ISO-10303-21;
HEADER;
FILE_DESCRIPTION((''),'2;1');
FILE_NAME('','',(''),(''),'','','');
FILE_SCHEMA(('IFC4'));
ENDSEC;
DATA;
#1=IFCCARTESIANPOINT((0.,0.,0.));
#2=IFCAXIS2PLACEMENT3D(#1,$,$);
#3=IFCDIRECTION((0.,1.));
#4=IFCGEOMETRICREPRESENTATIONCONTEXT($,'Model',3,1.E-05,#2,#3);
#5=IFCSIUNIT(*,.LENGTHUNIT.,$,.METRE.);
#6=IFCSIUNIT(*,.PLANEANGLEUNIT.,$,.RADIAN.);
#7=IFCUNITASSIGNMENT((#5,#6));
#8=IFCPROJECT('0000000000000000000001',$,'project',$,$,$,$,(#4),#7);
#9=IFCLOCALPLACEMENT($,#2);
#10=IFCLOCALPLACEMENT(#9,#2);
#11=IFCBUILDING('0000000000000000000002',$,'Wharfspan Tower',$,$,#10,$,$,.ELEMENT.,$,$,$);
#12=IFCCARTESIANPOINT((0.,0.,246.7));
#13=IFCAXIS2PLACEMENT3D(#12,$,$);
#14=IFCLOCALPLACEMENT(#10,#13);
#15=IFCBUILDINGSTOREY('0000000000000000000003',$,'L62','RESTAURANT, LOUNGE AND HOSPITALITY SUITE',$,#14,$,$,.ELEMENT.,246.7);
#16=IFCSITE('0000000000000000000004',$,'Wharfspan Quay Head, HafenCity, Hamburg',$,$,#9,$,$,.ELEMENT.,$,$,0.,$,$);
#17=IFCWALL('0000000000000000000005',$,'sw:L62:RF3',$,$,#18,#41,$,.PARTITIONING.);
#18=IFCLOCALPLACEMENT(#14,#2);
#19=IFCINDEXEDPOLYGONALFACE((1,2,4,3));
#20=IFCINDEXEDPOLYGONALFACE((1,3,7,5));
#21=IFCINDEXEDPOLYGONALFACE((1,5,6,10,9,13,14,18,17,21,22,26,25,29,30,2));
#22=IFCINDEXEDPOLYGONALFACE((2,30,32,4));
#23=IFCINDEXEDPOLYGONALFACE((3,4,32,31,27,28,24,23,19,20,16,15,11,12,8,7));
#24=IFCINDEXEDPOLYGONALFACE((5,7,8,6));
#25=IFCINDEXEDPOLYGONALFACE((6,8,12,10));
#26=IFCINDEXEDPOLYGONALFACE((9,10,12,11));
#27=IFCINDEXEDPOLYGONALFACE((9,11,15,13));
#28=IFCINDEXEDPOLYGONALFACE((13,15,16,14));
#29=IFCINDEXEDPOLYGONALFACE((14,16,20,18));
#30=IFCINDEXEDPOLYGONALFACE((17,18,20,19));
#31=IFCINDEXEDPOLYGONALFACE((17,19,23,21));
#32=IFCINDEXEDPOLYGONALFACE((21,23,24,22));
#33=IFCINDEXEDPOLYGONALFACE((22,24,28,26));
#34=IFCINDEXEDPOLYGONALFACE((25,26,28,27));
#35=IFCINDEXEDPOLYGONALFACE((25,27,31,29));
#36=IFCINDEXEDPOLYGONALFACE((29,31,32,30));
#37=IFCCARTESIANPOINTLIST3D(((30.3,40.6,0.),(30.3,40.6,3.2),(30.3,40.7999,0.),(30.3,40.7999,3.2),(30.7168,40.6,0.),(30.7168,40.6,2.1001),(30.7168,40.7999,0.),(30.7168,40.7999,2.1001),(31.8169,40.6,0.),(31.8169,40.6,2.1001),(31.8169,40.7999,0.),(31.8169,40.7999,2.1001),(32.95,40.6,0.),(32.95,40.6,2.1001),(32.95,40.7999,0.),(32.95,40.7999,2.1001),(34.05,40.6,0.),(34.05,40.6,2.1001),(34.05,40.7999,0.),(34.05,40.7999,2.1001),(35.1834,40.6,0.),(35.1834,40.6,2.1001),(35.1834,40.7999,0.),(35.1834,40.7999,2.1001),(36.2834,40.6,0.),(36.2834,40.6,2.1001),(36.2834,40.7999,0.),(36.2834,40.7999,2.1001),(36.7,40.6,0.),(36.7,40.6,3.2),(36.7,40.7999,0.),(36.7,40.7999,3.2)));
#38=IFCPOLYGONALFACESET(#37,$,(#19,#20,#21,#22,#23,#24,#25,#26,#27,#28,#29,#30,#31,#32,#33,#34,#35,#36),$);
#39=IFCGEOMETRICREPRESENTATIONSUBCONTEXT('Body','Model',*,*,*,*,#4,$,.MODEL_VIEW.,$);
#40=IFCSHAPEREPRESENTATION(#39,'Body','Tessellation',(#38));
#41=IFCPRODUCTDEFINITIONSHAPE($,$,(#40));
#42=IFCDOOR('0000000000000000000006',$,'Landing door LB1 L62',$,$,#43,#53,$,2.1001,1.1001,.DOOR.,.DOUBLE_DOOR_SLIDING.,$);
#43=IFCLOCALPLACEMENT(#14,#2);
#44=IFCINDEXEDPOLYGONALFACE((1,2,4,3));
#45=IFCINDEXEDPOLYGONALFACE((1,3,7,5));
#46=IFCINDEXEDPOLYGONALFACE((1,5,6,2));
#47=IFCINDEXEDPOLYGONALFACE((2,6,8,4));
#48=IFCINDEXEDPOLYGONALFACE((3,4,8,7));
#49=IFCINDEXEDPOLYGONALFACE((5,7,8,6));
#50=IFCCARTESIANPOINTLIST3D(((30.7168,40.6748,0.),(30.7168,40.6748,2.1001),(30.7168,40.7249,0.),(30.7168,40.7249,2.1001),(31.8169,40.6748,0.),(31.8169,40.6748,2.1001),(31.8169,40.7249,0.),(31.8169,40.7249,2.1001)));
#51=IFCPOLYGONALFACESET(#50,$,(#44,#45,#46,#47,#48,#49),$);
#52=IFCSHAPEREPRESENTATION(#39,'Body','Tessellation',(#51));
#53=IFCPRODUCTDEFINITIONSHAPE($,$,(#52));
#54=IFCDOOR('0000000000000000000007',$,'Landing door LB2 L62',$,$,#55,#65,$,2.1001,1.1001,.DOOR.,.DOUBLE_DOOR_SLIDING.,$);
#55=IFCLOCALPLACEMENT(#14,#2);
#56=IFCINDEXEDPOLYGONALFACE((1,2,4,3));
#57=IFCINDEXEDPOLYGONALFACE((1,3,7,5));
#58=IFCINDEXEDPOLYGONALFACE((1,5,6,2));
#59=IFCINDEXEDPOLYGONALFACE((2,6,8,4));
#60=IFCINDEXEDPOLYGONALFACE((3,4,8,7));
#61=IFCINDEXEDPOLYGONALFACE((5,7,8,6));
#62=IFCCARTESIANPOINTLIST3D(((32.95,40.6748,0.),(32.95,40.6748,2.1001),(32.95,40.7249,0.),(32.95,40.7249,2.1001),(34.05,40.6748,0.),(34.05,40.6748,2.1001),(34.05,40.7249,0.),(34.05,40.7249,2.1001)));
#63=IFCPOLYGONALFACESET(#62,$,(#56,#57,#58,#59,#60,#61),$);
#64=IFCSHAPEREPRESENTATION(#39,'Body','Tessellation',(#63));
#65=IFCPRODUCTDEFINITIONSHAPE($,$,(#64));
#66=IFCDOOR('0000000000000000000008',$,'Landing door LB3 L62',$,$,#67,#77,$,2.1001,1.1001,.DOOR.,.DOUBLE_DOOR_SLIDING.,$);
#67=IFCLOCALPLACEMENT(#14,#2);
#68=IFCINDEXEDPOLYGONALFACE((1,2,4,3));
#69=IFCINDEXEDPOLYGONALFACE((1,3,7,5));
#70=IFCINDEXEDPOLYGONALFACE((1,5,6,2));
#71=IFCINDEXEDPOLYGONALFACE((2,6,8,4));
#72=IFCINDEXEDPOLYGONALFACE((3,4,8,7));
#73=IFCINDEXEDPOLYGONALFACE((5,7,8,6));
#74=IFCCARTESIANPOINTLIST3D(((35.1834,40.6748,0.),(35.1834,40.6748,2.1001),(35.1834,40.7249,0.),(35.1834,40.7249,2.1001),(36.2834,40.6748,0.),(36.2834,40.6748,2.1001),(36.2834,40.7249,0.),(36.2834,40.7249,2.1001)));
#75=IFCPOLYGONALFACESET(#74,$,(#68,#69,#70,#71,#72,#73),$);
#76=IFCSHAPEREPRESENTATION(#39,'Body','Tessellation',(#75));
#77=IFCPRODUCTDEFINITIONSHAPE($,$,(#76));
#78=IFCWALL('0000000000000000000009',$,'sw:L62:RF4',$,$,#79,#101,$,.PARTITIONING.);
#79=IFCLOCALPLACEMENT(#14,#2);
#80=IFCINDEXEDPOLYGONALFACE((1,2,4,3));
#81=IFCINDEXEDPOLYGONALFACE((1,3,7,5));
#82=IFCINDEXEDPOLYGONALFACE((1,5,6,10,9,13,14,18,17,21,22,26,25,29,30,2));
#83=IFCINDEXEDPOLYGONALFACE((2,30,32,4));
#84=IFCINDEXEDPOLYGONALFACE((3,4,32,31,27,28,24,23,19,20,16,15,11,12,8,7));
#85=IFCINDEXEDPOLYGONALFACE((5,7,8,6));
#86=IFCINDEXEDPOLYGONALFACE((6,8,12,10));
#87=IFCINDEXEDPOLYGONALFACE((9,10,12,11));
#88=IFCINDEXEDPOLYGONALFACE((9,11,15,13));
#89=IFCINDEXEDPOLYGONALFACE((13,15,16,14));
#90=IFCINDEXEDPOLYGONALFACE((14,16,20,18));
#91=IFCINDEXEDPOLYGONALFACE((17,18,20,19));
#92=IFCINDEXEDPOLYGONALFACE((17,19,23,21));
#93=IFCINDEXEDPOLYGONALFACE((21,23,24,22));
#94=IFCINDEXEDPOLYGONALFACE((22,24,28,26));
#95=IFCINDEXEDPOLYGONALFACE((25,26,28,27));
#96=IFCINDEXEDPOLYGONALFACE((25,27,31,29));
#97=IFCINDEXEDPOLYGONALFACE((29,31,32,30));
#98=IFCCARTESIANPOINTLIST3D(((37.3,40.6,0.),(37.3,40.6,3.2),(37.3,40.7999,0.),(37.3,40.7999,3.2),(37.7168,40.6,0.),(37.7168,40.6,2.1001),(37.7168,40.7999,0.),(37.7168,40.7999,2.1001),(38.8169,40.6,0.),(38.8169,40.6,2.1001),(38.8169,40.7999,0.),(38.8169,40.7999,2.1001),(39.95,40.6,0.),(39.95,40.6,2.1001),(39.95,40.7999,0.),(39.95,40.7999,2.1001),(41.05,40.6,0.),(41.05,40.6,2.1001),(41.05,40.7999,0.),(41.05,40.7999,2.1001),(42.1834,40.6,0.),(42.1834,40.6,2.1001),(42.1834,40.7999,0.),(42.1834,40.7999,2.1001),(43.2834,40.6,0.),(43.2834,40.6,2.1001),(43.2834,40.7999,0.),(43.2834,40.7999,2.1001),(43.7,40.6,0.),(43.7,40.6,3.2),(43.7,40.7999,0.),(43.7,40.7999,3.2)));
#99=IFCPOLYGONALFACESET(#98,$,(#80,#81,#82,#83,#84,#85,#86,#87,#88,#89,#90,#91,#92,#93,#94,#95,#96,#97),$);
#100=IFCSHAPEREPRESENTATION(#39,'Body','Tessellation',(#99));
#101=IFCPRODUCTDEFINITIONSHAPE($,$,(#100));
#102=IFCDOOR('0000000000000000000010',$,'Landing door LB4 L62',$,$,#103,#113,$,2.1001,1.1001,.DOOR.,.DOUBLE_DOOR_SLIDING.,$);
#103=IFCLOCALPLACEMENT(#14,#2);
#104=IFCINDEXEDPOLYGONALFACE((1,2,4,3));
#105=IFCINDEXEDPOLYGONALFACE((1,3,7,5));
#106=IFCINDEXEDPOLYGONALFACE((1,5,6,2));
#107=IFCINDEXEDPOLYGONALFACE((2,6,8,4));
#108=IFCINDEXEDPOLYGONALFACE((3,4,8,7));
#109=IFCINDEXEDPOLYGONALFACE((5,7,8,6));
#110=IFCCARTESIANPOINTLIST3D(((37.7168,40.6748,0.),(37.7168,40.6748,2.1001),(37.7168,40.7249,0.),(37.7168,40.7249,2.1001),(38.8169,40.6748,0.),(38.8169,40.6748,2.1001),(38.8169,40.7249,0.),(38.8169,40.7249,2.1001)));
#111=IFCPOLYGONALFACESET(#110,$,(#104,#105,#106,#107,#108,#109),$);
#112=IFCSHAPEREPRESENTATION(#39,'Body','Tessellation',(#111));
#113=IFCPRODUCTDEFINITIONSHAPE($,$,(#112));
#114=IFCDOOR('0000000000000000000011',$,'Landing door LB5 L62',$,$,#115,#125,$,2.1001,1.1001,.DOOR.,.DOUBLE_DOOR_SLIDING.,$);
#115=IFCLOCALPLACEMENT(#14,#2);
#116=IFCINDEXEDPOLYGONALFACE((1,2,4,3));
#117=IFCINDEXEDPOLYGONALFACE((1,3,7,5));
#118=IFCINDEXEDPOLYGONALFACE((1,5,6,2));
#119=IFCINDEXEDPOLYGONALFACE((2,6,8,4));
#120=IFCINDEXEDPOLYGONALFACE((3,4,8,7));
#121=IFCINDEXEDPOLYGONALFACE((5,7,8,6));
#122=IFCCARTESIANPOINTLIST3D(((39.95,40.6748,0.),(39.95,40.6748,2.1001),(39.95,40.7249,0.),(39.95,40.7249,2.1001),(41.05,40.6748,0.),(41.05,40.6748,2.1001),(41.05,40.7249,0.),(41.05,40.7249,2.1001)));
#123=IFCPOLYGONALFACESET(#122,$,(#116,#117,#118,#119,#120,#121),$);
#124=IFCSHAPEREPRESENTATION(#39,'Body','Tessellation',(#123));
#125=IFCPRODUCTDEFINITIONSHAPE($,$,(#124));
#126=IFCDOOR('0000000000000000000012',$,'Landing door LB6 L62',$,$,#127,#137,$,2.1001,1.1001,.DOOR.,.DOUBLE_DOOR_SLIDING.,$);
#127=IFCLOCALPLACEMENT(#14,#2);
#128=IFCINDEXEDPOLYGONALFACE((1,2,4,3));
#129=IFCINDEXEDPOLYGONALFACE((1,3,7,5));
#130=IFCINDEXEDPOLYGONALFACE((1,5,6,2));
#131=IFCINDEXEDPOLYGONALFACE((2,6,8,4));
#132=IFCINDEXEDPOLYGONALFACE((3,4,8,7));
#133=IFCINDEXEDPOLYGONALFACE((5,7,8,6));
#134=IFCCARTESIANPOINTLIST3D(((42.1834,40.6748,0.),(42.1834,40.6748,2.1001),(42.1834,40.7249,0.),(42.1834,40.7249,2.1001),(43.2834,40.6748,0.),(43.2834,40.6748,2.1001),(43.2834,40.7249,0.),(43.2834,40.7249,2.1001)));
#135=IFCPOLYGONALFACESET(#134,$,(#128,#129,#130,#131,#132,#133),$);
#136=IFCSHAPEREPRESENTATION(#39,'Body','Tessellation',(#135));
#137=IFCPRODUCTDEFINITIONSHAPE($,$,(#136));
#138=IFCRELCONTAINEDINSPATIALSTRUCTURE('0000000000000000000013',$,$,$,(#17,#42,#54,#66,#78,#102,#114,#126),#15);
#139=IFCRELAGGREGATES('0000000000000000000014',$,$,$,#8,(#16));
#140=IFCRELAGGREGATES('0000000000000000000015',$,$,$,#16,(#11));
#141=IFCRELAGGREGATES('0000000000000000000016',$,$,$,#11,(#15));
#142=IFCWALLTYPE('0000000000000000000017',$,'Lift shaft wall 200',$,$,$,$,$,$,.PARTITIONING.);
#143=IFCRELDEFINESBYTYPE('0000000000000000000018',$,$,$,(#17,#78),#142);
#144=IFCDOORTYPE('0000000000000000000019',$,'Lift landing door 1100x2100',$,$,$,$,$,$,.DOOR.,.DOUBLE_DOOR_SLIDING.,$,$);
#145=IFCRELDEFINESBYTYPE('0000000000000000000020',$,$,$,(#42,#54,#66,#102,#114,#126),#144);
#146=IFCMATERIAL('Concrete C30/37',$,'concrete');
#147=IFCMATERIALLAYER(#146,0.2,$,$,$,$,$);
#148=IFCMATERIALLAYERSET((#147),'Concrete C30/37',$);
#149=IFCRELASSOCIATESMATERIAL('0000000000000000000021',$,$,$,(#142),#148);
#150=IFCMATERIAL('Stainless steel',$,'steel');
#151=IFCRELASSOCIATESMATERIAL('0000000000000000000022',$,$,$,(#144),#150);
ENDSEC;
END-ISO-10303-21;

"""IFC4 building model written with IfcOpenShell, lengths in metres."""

from ifc_helpers import new_model, si_unit, direction, frame, frame_2d, origin, place, context, subcontext, project, spatial, rectangle, extrude, material, layer, layer_set, type_object, element, fill, save


model = new_model("IFC4")

# Units and contexts
model_context = context("Model", 3, precision=1e-05, world=origin(), true_north=direction((0.0, 1.0)))
body_context = subcontext(model_context, "Body", "Model", "MODEL_VIEW")
ifc_project = project(units=[si_unit("LENGTHUNIT", "METRE"), si_unit("PLANEANGLEUNIT", "RADIAN")], contexts=[model_context])

# Site, building, storey
site_placement = place(None, origin())
site = spatial("IfcSite", under=ifc_project, at=site_placement, Name="Wharfspan Quay Head, HafenCity, Hamburg", CompositionType="ELEMENT", RefElevation=0.0)
building_placement = place(site_placement, origin())
building = spatial("IfcBuilding", under=site, at=building_placement, Name="Wharfspan Tower", CompositionType="ELEMENT")
storey_placement = place(building_placement, frame((0.0, 0.0, 246.7)))
storey = spatial("IfcBuildingStorey", under=building, at=storey_placement, Name="L62", Description="RESTAURANT, LOUNGE AND HOSPITALITY SUITE", CompositionType="ELEMENT", Elevation=246.7)

# Walls, openings, doors
ifc_material_1 = material(Name="Concrete C30/37", Category="concrete")
ifc_layer_1 = layer(ifc_material_1, 0.2)
ifc_layer_set_1 = layer_set([ifc_layer_1], Name="Concrete C30/37")
wall_type_1 = type_object("IfcWallType", Name="Lift shaft wall 200", PredefinedType="PARTITIONING", material=ifc_layer_set_1)
wall_1_placement = place(storey_placement, frame((30.3, 40.7, 0.0), z_axis=(0.0, 0.0, 1.0), x_axis=(1.0, 0.0, 0.0)))
wall_1 = element("IfcWall", 1, at=wall_1_placement, inside=storey, type_object=wall_type_1, Name="sw:L62:RF3", PredefinedType="PARTITIONING", context=body_context, shape_type="SweptSolid", body=[
    extrude(rectangle(XDim=6.3999, YDim=0.2, at=frame_2d((3.2, 0.0))), origin(), (0.0, 0.0, 1.0), 3.2),
])
opening_1_placement = place(wall_1_placement, frame((0.4167, 0.0, 0.0)))
opening_1 = element("IfcOpeningElement", 2, at=opening_1_placement, cuts=wall_1, PredefinedType="OPENING", context=body_context, shape_type="SweptSolid", body=[
    extrude(rectangle(XDim=1.1001, YDim=2.1001, at=frame_2d((0.55, 1.05))), frame((0.0, 0.1099, 0.0), z_axis=(0.0, -1.0, 0.0), x_axis=(1.0, 0.0, 0.0)), (0.0, 0.0, 1.0), 0.22),
])
opening_2_placement = place(wall_1_placement, frame((2.6499, 0.0, 0.0)))
opening_2 = element("IfcOpeningElement", 3, at=opening_2_placement, cuts=wall_1, PredefinedType="OPENING", context=body_context, shape_type="SweptSolid", body=[
    extrude(rectangle(XDim=1.1001, YDim=2.1001, at=frame_2d((0.55, 1.05))), frame((0.0, 0.1099, 0.0), z_axis=(0.0, -1.0, 0.0), x_axis=(1.0, 0.0, 0.0)), (0.0, 0.0, 1.0), 0.22),
])
opening_3_placement = place(wall_1_placement, frame((4.8833, 0.0, 0.0)))
opening_3 = element("IfcOpeningElement", 4, at=opening_3_placement, cuts=wall_1, PredefinedType="OPENING", context=body_context, shape_type="SweptSolid", body=[
    extrude(rectangle(XDim=1.1001, YDim=2.1001, at=frame_2d((0.55, 1.05))), frame((0.0, 0.1099, 0.0), z_axis=(0.0, -1.0, 0.0), x_axis=(1.0, 0.0, 0.0)), (0.0, 0.0, 1.0), 0.22),
])
ifc_material_2 = material(Name="Stainless steel", Category="steel")
door_type_1 = type_object("IfcDoorType", Name="Lift landing door 1100x2100", OperationType="DOUBLE_DOOR_SLIDING", PredefinedType="DOOR", material=ifc_material_2)
door_1_placement = place(opening_1_placement, origin())
door_1 = element("IfcDoor", 5, at=door_1_placement, inside=storey, type_object=door_type_1, Name="Landing door LB1 L62", OperationType="DOUBLE_DOOR_SLIDING", OverallHeight=2.1001, OverallWidth=1.1001, PredefinedType="DOOR", context=body_context, shape_type="SweptSolid", body=[
    extrude(rectangle(XDim=1.1001, YDim=2.1001, at=frame_2d((0.55, 1.05))), frame((0.0, 0.0249, 0.0), z_axis=(0.0, -1.0, 0.0), x_axis=(1.0, 0.0, 0.0)), (0.0, 0.0, 1.0), 0.05),
])
fill(opening_1, door_1)
door_2_placement = place(opening_2_placement, origin())
door_2 = element("IfcDoor", 6, at=door_2_placement, inside=storey, type_object=door_type_1, Name="Landing door LB2 L62", OperationType="DOUBLE_DOOR_SLIDING", OverallHeight=2.1001, OverallWidth=1.1001, PredefinedType="DOOR", context=body_context, shape_type="SweptSolid", body=[
    extrude(rectangle(XDim=1.1001, YDim=2.1001, at=frame_2d((0.55, 1.05))), frame((0.0, 0.0249, 0.0), z_axis=(0.0, -1.0, 0.0), x_axis=(1.0, 0.0, 0.0)), (0.0, 0.0, 1.0), 0.05),
])
fill(opening_2, door_2)
door_3_placement = place(opening_3_placement, origin())
door_3 = element("IfcDoor", 7, at=door_3_placement, inside=storey, type_object=door_type_1, Name="Landing door LB3 L62", OperationType="DOUBLE_DOOR_SLIDING", OverallHeight=2.1001, OverallWidth=1.1001, PredefinedType="DOOR", context=body_context, shape_type="SweptSolid", body=[
    extrude(rectangle(XDim=1.1001, YDim=2.1001, at=frame_2d((0.55, 1.05))), frame((0.0, 0.0249, 0.0), z_axis=(0.0, -1.0, 0.0), x_axis=(1.0, 0.0, 0.0)), (0.0, 0.0, 1.0), 0.05),
])
fill(opening_3, door_3)
wall_2_placement = place(storey_placement, frame((37.3, 40.7, 0.0), z_axis=(0.0, 0.0, 1.0), x_axis=(1.0, 0.0, 0.0)))
wall_2 = element("IfcWall", 8, at=wall_2_placement, inside=storey, type_object=wall_type_1, Name="sw:L62:RF4", PredefinedType="PARTITIONING", context=body_context, shape_type="SweptSolid", body=[
    extrude(rectangle(XDim=6.3999, YDim=0.2, at=frame_2d((3.2, 0.0))), origin(), (0.0, 0.0, 1.0), 3.2),
])
opening_4_placement = place(wall_2_placement, frame((0.4167, 0.0, 0.0)))
opening_4 = element("IfcOpeningElement", 9, at=opening_4_placement, cuts=wall_2, PredefinedType="OPENING", context=body_context, shape_type="SweptSolid", body=[
    extrude(rectangle(XDim=1.1001, YDim=2.1001, at=frame_2d((0.55, 1.05))), frame((0.0, 0.1099, 0.0), z_axis=(0.0, -1.0, 0.0), x_axis=(1.0, 0.0, 0.0)), (0.0, 0.0, 1.0), 0.22),
])
opening_5_placement = place(wall_2_placement, frame((2.6499, 0.0, 0.0)))
opening_5 = element("IfcOpeningElement", 10, at=opening_5_placement, cuts=wall_2, PredefinedType="OPENING", context=body_context, shape_type="SweptSolid", body=[
    extrude(rectangle(XDim=1.1001, YDim=2.1001, at=frame_2d((0.55, 1.05))), frame((0.0, 0.1099, 0.0), z_axis=(0.0, -1.0, 0.0), x_axis=(1.0, 0.0, 0.0)), (0.0, 0.0, 1.0), 0.22),
])
opening_6_placement = place(wall_2_placement, frame((4.8833, 0.0, 0.0)))
opening_6 = element("IfcOpeningElement", 11, at=opening_6_placement, cuts=wall_2, PredefinedType="OPENING", context=body_context, shape_type="SweptSolid", body=[
    extrude(rectangle(XDim=1.1001, YDim=2.1001, at=frame_2d((0.55, 1.05))), frame((0.0, 0.1099, 0.0), z_axis=(0.0, -1.0, 0.0), x_axis=(1.0, 0.0, 0.0)), (0.0, 0.0, 1.0), 0.22),
])
door_4_placement = place(opening_4_placement, origin())
door_4 = element("IfcDoor", 12, at=door_4_placement, inside=storey, type_object=door_type_1, Name="Landing door LB4 L62", OperationType="DOUBLE_DOOR_SLIDING", OverallHeight=2.1001, OverallWidth=1.1001, PredefinedType="DOOR", context=body_context, shape_type="SweptSolid", body=[
    extrude(rectangle(XDim=1.1001, YDim=2.1001, at=frame_2d((0.55, 1.05))), frame((0.0, 0.0249, 0.0), z_axis=(0.0, -1.0, 0.0), x_axis=(1.0, 0.0, 0.0)), (0.0, 0.0, 1.0), 0.05),
])
fill(opening_4, door_4)
door_5_placement = place(opening_5_placement, origin())
door_5 = element("IfcDoor", 13, at=door_5_placement, inside=storey, type_object=door_type_1, Name="Landing door LB5 L62", OperationType="DOUBLE_DOOR_SLIDING", OverallHeight=2.1001, OverallWidth=1.1001, PredefinedType="DOOR", context=body_context, shape_type="SweptSolid", body=[
    extrude(rectangle(XDim=1.1001, YDim=2.1001, at=frame_2d((0.55, 1.05))), frame((0.0, 0.0249, 0.0), z_axis=(0.0, -1.0, 0.0), x_axis=(1.0, 0.0, 0.0)), (0.0, 0.0, 1.0), 0.05),
])
fill(opening_5, door_5)
door_6_placement = place(opening_6_placement, origin())
door_6 = element("IfcDoor", 14, at=door_6_placement, inside=storey, type_object=door_type_1, Name="Landing door LB6 L62", OperationType="DOUBLE_DOOR_SLIDING", OverallHeight=2.1001, OverallWidth=1.1001, PredefinedType="DOOR", context=body_context, shape_type="SweptSolid", body=[
    extrude(rectangle(XDim=1.1001, YDim=2.1001, at=frame_2d((0.55, 1.05))), frame((0.0, 0.0249, 0.0), z_axis=(0.0, -1.0, 0.0), x_axis=(1.0, 0.0, 0.0)), (0.0, 0.0, 1.0), 0.05),
])
fill(opening_6, door_6)

save(model, "model.ifc")
